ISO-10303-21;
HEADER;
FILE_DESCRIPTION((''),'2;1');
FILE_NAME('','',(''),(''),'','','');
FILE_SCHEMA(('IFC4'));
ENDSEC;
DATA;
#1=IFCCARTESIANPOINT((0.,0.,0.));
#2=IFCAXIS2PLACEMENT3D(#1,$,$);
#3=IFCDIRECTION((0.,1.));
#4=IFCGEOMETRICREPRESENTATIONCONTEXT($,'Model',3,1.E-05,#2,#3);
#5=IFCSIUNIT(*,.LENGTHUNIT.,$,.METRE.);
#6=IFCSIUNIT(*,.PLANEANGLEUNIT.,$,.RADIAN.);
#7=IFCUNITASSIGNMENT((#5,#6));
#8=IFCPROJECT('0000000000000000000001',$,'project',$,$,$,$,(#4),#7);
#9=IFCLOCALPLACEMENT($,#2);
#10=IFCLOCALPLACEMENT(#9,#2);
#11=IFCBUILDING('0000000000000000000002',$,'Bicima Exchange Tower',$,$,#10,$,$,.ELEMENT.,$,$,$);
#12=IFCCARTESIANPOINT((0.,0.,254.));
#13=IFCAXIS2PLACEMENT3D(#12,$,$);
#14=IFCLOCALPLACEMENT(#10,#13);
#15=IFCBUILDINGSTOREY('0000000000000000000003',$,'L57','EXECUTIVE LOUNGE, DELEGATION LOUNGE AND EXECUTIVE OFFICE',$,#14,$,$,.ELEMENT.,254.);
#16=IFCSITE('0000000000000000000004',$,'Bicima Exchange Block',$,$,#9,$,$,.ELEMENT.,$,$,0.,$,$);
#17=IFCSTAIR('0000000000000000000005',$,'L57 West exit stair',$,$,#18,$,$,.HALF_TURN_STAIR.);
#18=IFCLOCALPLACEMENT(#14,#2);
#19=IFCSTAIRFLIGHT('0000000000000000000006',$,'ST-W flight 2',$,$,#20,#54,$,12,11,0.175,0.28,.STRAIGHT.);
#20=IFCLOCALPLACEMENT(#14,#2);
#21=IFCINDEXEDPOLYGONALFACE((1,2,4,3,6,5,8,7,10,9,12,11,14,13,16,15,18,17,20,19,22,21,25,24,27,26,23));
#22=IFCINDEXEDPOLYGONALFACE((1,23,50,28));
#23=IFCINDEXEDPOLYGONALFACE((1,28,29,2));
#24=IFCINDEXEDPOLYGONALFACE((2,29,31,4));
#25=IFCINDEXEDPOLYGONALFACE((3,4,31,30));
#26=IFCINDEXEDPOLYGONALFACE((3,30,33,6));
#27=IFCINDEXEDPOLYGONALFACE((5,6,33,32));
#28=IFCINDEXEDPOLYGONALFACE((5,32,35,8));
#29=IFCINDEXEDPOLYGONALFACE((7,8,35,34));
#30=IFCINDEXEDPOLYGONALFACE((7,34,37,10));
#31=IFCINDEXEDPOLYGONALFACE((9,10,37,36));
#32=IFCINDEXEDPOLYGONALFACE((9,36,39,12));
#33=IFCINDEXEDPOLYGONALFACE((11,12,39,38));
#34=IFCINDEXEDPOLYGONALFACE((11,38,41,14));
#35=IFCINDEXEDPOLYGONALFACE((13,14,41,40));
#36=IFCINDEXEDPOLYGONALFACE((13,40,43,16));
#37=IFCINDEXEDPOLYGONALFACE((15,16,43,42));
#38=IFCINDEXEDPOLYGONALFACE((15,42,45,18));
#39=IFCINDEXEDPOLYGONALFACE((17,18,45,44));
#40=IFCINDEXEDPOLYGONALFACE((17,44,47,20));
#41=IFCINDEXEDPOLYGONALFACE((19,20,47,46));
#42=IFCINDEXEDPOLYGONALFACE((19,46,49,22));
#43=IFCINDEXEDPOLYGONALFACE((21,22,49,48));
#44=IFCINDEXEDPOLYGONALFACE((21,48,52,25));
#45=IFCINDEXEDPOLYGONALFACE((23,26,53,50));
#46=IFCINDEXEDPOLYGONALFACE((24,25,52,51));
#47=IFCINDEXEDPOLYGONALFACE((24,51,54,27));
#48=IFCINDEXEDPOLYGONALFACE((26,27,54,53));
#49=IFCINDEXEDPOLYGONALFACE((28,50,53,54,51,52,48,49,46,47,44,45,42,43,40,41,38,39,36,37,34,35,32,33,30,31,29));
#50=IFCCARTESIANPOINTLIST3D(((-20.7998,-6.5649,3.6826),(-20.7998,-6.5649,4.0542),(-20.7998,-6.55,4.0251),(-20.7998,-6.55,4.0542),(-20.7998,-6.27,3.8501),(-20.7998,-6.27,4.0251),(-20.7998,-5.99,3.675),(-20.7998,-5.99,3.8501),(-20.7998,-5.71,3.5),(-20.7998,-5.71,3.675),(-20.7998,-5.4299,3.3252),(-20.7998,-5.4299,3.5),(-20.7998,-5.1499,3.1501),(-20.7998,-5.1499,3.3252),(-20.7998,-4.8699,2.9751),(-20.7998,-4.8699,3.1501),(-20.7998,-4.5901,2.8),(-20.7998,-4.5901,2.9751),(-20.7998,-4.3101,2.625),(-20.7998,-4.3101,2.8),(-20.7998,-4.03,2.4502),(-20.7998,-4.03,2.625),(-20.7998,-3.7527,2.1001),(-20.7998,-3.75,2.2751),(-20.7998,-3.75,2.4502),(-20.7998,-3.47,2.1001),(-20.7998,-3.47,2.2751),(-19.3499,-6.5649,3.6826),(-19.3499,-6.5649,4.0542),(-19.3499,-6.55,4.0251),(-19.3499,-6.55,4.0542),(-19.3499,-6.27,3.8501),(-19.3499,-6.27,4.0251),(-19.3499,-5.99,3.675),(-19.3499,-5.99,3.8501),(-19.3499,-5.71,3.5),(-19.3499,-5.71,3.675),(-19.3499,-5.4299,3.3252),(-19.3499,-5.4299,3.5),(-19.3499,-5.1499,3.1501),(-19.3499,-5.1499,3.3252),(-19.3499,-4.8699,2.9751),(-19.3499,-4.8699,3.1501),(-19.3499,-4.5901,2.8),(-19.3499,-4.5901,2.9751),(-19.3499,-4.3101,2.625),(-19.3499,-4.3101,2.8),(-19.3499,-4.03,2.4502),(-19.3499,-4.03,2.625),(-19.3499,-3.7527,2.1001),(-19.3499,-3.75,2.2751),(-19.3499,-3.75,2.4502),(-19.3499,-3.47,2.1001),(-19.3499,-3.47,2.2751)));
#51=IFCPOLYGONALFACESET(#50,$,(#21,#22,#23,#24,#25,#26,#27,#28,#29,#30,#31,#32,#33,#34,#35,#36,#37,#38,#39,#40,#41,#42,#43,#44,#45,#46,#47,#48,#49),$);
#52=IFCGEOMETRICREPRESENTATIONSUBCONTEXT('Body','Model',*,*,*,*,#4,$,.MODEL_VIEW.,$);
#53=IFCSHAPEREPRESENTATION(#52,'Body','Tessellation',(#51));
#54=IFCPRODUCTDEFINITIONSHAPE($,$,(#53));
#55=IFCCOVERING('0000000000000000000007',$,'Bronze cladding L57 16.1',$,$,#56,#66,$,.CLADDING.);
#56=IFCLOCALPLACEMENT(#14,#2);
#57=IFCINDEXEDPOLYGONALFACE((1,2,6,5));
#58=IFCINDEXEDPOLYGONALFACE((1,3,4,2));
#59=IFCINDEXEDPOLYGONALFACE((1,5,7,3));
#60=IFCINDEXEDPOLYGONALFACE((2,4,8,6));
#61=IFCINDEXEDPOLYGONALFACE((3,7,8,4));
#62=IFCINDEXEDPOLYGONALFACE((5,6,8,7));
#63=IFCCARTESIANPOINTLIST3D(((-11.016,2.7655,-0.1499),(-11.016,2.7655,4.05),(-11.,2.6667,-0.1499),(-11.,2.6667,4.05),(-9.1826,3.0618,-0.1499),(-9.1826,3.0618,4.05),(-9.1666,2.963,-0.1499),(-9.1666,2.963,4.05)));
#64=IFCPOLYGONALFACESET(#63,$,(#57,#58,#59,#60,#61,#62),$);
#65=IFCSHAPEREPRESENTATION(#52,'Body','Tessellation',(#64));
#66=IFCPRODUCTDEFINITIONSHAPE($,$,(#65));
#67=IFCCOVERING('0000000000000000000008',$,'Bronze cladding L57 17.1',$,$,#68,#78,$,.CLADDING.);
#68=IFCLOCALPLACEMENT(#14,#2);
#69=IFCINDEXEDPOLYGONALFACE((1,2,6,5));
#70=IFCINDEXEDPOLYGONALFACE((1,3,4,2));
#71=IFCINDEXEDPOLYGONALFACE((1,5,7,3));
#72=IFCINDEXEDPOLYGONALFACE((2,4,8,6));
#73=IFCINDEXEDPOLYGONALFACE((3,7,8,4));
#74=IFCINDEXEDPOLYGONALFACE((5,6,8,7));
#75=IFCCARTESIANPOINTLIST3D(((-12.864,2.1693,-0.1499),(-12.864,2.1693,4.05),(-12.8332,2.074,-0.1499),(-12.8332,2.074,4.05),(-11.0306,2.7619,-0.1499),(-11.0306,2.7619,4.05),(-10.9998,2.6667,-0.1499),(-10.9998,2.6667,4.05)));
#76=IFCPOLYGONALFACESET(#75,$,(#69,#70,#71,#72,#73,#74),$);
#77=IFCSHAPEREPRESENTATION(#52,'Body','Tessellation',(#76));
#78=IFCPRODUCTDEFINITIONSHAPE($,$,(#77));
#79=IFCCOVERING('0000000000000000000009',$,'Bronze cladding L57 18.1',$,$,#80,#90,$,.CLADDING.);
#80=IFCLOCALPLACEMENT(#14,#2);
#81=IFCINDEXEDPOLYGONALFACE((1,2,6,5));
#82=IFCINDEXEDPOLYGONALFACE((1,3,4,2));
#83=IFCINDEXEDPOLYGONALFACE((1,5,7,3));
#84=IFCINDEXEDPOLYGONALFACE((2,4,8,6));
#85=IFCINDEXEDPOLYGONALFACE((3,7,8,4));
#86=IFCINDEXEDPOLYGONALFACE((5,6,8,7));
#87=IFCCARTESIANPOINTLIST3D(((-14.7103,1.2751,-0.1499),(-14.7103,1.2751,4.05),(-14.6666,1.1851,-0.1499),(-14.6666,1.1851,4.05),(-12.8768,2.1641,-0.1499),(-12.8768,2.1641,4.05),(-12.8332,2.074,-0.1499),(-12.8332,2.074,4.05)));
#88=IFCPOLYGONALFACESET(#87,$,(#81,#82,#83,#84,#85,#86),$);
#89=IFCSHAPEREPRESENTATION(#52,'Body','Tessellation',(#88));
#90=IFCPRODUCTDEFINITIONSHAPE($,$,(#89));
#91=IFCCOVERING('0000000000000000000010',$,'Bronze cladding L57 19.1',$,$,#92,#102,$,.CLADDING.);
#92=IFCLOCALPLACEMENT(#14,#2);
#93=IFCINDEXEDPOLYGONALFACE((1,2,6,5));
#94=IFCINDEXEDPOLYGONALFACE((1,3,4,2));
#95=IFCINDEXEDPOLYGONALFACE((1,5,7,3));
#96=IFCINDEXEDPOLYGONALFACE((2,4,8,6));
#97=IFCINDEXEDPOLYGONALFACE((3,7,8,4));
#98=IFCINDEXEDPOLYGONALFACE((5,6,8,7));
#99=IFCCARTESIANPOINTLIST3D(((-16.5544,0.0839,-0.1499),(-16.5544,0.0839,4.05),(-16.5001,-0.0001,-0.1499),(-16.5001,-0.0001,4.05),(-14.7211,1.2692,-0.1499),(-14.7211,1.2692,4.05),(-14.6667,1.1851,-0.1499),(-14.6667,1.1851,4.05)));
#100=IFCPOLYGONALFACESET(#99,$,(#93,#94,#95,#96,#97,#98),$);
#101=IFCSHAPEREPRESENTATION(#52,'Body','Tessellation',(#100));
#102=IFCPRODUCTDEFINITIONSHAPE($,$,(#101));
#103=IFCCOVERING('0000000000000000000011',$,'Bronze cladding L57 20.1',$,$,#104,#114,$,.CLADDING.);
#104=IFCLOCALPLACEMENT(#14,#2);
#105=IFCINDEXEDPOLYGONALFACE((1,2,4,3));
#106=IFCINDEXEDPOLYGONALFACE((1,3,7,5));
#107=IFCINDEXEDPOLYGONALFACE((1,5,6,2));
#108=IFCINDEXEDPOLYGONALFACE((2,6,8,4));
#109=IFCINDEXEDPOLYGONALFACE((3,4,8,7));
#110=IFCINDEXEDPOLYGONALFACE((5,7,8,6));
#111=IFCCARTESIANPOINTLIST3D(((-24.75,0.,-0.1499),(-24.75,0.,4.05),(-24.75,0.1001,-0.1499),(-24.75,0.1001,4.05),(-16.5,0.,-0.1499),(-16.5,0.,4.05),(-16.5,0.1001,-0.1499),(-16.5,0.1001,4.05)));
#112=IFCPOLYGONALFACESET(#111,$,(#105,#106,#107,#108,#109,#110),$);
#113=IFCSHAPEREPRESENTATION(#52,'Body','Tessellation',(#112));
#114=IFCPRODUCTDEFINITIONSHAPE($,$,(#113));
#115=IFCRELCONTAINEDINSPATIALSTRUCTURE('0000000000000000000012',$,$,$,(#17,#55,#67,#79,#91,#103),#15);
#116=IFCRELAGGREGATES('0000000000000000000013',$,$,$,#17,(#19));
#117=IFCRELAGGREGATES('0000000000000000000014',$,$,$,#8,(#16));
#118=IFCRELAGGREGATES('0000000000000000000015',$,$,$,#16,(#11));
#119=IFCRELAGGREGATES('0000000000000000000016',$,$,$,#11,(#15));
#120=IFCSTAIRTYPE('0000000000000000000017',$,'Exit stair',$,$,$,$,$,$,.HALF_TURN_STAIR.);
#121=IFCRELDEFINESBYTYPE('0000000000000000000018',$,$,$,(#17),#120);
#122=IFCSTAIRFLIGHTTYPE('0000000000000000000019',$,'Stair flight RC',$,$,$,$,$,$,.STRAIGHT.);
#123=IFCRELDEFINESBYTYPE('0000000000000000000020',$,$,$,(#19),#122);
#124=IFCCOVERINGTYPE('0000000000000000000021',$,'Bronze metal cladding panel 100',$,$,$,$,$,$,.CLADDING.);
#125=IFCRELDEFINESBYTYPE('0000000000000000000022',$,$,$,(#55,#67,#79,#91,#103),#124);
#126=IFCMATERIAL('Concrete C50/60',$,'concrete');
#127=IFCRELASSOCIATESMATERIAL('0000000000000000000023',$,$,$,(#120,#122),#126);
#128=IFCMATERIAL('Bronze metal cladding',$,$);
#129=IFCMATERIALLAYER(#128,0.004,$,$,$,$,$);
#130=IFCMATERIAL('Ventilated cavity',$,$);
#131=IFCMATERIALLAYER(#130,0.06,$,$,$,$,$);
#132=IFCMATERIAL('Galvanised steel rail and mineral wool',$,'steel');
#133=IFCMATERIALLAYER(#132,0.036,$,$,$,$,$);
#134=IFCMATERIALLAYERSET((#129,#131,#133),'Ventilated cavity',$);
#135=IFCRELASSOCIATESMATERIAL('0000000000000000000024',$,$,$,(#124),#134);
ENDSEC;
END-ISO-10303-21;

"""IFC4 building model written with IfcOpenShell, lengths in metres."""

from ifc_helpers import new_model, si_unit, direction, frame, origin, origin_2d, place, context, subcontext, project, spatial, polyline, rectangle, outline, extrude, material, layer, layer_set, type_object, element, aggregate, save


model = new_model("IFC4")

# Units and contexts
model_context = context("Model", 3, precision=1e-05, world=origin(), true_north=direction((0.0, 1.0)))
body_context = subcontext(model_context, "Body", "Model", "MODEL_VIEW")
ifc_project = project(units=[si_unit("LENGTHUNIT", "METRE"), si_unit("PLANEANGLEUNIT", "RADIAN")], contexts=[model_context])

# Site, building, storey
site_placement = place(None, origin())
site = spatial("IfcSite", under=ifc_project, at=site_placement, Name="Bicima Exchange Block", CompositionType="ELEMENT", RefElevation=0.0)
building_placement = place(site_placement, origin())
building = spatial("IfcBuilding", under=site, at=building_placement, Name="Bicima Exchange Tower", CompositionType="ELEMENT")
storey_placement = place(building_placement, frame((0.0, 0.0, 254.0)))
storey = spatial("IfcBuildingStorey", under=building, at=storey_placement, Name="L57", Description="EXECUTIVE LOUNGE, DELEGATION LOUNGE AND EXECUTIVE OFFICE", CompositionType="ELEMENT", Elevation=254.0)

# Shared definitions
ifc_material_1 = material(Name="Concrete C50/60", Category="concrete")

# Stair, stair flight
stair_type = type_object("IfcStairType", Name="Exit stair", PredefinedType="HALF_TURN_STAIR", material=ifc_material_1)
stair_placement = place(storey_placement, origin())
stair = element("IfcStair", 1, at=stair_placement, inside=storey, type_object=stair_type, Name="L57 West exit stair", PredefinedType="HALF_TURN_STAIR")
stair_flight_type = type_object("IfcStairFlightType", Name="Stair flight RC", PredefinedType="STRAIGHT", material=ifc_material_1)
stair_flight_1_placement = place(storey_placement, frame((-20.075, -3.47, 2.1001), z_axis=(0.0, 0.0, 1.0), x_axis=(0.0, -1.0, 0.0)))
stair_flight_1 = element("IfcStairFlight", 2, at=stair_flight_1_placement, type_object=stair_flight_type, Name="ST-W flight 2", NumberOfRisers=12, NumberOfTreads=11, PredefinedType="STRAIGHT", RiserHeight=0.175, TreadLength=0.28, context=body_context, shape_type="SweptSolid", body=[
    extrude(outline(polyline([(0.0, 0.0), (0.0, 0.175), (0.28, 0.175), (0.28, 0.3501), (0.5601, 0.3501), (0.5601, 0.5249), (0.8401, 0.5249), (0.8401, 0.7), (1.1201, 0.7), (1.1201, 0.875), (1.3999, 0.875), (1.3999, 1.05), (1.6799, 1.05), (1.6799, 1.2251), (1.96, 1.2251), (1.96, 1.3999), (2.24, 1.3999), (2.24, 1.575), (2.52, 1.575), (2.52, 1.75), (2.8, 1.75), (2.8, 1.925), (3.0801, 1.925), (3.0801, 1.9541), (3.095, 1.9541), (3.095, 1.5825), (0.2827, 0.0), (0.0, 0.0)])), frame((0.0, 0.7251, 0.0), z_axis=(0.0, -1.0, 0.0), x_axis=(1.0, 0.0, 0.0)), (0.0, 0.0, 1.0), 1.45),
])
aggregate(stair, [stair_flight_1])

# Coverings
ifc_material_2 = material(Name="Bronze metal cladding")
ifc_layer_1 = layer(ifc_material_2, 0.004)
ifc_material_3 = material(Name="Ventilated cavity")
ifc_layer_2 = layer(ifc_material_3, 0.06)
ifc_material_4 = material(Name="Galvanised steel rail and mineral wool", Category="steel")
ifc_layer_3 = layer(ifc_material_4, 0.036)
ifc_layer_set_1 = layer_set([ifc_layer_1, ifc_layer_2, ifc_layer_3], Name="Ventilated cavity")
covering_type = type_object("IfcCoveringType", Name="Bronze metal cladding panel 100", PredefinedType="CLADDING", material=ifc_layer_set_1)
covering_1_placement = place(storey_placement, frame((-10.0913, 2.8643, -0.1499), z_axis=(0.0, 0.0, 1.0), x_axis=(-0.98719, -0.15955, 0.0)))
element("IfcCovering", 3, at=covering_1_placement, inside=storey, type_object=covering_type, Name="Bronze cladding L57 16.1", PredefinedType="CLADDING", context=body_context, shape_type="SweptSolid", body=[
    extrude(rectangle(XDim=1.8572, YDim=0.1001, at=origin_2d()), origin(), (0.0, 0.0, 1.0), 4.2),
])
covering_2_placement = place(storey_placement, frame((-11.9319, 2.418, -0.1499), z_axis=(0.0, 0.0, 1.0), x_axis=(-0.951525, -0.307573, 0.0)))
element("IfcCovering", 4, at=covering_2_placement, inside=storey, type_object=covering_type, Name="Bronze cladding L57 17.1", PredefinedType="CLADDING", context=body_context, shape_type="SweptSolid", body=[
    extrude(rectangle(XDim=1.9268, YDim=0.1001, at=origin_2d()), origin(), (0.0, 0.0, 1.0), 4.2),
])
covering_3_placement = place(storey_placement, frame((-13.7717, 1.6746, -0.1499), z_axis=(0.0, 0.0, 1.0), x_axis=(-0.899818, -0.436265, 0.0)))
element("IfcCovering", 5, at=covering_3_placement, inside=storey, type_object=covering_type, Name="Bronze cladding L57 18.1", PredefinedType="CLADDING", context=body_context, shape_type="SweptSolid", body=[
    extrude(rectangle(XDim=2.0376, YDim=0.1001, at=origin_2d()), origin(), (0.0, 0.0, 1.0), 4.2),
])
covering_4_placement = place(storey_placement, frame((-15.6106, 0.6345, -0.1499), z_axis=(0.0, 0.0, 1.0), x_axis=(-0.83979, -0.542911, 0.0)))
element("IfcCovering", 6, at=covering_4_placement, inside=storey, type_object=covering_type, Name="Bronze cladding L57 19.1", PredefinedType="CLADDING", context=body_context, shape_type="SweptSolid", body=[
    extrude(rectangle(XDim=2.1831, YDim=0.1001, at=origin_2d()), origin(), (0.0, 0.0, 1.0), 4.2),
])
covering_5_placement = place(storey_placement, frame((-20.625, 0.05, -0.1499), z_axis=(0.0, 0.0, 1.0), x_axis=(-1.0, 0.0, 0.0)))
element("IfcCovering", 7, at=covering_5_placement, inside=storey, type_object=covering_type, Name="Bronze cladding L57 20.1", PredefinedType="CLADDING", context=body_context, shape_type="SweptSolid", body=[
    extrude(rectangle(XDim=8.25, YDim=0.1001, at=origin_2d()), origin(), (0.0, 0.0, 1.0), 4.2),
])

save(model, "model.ifc")
